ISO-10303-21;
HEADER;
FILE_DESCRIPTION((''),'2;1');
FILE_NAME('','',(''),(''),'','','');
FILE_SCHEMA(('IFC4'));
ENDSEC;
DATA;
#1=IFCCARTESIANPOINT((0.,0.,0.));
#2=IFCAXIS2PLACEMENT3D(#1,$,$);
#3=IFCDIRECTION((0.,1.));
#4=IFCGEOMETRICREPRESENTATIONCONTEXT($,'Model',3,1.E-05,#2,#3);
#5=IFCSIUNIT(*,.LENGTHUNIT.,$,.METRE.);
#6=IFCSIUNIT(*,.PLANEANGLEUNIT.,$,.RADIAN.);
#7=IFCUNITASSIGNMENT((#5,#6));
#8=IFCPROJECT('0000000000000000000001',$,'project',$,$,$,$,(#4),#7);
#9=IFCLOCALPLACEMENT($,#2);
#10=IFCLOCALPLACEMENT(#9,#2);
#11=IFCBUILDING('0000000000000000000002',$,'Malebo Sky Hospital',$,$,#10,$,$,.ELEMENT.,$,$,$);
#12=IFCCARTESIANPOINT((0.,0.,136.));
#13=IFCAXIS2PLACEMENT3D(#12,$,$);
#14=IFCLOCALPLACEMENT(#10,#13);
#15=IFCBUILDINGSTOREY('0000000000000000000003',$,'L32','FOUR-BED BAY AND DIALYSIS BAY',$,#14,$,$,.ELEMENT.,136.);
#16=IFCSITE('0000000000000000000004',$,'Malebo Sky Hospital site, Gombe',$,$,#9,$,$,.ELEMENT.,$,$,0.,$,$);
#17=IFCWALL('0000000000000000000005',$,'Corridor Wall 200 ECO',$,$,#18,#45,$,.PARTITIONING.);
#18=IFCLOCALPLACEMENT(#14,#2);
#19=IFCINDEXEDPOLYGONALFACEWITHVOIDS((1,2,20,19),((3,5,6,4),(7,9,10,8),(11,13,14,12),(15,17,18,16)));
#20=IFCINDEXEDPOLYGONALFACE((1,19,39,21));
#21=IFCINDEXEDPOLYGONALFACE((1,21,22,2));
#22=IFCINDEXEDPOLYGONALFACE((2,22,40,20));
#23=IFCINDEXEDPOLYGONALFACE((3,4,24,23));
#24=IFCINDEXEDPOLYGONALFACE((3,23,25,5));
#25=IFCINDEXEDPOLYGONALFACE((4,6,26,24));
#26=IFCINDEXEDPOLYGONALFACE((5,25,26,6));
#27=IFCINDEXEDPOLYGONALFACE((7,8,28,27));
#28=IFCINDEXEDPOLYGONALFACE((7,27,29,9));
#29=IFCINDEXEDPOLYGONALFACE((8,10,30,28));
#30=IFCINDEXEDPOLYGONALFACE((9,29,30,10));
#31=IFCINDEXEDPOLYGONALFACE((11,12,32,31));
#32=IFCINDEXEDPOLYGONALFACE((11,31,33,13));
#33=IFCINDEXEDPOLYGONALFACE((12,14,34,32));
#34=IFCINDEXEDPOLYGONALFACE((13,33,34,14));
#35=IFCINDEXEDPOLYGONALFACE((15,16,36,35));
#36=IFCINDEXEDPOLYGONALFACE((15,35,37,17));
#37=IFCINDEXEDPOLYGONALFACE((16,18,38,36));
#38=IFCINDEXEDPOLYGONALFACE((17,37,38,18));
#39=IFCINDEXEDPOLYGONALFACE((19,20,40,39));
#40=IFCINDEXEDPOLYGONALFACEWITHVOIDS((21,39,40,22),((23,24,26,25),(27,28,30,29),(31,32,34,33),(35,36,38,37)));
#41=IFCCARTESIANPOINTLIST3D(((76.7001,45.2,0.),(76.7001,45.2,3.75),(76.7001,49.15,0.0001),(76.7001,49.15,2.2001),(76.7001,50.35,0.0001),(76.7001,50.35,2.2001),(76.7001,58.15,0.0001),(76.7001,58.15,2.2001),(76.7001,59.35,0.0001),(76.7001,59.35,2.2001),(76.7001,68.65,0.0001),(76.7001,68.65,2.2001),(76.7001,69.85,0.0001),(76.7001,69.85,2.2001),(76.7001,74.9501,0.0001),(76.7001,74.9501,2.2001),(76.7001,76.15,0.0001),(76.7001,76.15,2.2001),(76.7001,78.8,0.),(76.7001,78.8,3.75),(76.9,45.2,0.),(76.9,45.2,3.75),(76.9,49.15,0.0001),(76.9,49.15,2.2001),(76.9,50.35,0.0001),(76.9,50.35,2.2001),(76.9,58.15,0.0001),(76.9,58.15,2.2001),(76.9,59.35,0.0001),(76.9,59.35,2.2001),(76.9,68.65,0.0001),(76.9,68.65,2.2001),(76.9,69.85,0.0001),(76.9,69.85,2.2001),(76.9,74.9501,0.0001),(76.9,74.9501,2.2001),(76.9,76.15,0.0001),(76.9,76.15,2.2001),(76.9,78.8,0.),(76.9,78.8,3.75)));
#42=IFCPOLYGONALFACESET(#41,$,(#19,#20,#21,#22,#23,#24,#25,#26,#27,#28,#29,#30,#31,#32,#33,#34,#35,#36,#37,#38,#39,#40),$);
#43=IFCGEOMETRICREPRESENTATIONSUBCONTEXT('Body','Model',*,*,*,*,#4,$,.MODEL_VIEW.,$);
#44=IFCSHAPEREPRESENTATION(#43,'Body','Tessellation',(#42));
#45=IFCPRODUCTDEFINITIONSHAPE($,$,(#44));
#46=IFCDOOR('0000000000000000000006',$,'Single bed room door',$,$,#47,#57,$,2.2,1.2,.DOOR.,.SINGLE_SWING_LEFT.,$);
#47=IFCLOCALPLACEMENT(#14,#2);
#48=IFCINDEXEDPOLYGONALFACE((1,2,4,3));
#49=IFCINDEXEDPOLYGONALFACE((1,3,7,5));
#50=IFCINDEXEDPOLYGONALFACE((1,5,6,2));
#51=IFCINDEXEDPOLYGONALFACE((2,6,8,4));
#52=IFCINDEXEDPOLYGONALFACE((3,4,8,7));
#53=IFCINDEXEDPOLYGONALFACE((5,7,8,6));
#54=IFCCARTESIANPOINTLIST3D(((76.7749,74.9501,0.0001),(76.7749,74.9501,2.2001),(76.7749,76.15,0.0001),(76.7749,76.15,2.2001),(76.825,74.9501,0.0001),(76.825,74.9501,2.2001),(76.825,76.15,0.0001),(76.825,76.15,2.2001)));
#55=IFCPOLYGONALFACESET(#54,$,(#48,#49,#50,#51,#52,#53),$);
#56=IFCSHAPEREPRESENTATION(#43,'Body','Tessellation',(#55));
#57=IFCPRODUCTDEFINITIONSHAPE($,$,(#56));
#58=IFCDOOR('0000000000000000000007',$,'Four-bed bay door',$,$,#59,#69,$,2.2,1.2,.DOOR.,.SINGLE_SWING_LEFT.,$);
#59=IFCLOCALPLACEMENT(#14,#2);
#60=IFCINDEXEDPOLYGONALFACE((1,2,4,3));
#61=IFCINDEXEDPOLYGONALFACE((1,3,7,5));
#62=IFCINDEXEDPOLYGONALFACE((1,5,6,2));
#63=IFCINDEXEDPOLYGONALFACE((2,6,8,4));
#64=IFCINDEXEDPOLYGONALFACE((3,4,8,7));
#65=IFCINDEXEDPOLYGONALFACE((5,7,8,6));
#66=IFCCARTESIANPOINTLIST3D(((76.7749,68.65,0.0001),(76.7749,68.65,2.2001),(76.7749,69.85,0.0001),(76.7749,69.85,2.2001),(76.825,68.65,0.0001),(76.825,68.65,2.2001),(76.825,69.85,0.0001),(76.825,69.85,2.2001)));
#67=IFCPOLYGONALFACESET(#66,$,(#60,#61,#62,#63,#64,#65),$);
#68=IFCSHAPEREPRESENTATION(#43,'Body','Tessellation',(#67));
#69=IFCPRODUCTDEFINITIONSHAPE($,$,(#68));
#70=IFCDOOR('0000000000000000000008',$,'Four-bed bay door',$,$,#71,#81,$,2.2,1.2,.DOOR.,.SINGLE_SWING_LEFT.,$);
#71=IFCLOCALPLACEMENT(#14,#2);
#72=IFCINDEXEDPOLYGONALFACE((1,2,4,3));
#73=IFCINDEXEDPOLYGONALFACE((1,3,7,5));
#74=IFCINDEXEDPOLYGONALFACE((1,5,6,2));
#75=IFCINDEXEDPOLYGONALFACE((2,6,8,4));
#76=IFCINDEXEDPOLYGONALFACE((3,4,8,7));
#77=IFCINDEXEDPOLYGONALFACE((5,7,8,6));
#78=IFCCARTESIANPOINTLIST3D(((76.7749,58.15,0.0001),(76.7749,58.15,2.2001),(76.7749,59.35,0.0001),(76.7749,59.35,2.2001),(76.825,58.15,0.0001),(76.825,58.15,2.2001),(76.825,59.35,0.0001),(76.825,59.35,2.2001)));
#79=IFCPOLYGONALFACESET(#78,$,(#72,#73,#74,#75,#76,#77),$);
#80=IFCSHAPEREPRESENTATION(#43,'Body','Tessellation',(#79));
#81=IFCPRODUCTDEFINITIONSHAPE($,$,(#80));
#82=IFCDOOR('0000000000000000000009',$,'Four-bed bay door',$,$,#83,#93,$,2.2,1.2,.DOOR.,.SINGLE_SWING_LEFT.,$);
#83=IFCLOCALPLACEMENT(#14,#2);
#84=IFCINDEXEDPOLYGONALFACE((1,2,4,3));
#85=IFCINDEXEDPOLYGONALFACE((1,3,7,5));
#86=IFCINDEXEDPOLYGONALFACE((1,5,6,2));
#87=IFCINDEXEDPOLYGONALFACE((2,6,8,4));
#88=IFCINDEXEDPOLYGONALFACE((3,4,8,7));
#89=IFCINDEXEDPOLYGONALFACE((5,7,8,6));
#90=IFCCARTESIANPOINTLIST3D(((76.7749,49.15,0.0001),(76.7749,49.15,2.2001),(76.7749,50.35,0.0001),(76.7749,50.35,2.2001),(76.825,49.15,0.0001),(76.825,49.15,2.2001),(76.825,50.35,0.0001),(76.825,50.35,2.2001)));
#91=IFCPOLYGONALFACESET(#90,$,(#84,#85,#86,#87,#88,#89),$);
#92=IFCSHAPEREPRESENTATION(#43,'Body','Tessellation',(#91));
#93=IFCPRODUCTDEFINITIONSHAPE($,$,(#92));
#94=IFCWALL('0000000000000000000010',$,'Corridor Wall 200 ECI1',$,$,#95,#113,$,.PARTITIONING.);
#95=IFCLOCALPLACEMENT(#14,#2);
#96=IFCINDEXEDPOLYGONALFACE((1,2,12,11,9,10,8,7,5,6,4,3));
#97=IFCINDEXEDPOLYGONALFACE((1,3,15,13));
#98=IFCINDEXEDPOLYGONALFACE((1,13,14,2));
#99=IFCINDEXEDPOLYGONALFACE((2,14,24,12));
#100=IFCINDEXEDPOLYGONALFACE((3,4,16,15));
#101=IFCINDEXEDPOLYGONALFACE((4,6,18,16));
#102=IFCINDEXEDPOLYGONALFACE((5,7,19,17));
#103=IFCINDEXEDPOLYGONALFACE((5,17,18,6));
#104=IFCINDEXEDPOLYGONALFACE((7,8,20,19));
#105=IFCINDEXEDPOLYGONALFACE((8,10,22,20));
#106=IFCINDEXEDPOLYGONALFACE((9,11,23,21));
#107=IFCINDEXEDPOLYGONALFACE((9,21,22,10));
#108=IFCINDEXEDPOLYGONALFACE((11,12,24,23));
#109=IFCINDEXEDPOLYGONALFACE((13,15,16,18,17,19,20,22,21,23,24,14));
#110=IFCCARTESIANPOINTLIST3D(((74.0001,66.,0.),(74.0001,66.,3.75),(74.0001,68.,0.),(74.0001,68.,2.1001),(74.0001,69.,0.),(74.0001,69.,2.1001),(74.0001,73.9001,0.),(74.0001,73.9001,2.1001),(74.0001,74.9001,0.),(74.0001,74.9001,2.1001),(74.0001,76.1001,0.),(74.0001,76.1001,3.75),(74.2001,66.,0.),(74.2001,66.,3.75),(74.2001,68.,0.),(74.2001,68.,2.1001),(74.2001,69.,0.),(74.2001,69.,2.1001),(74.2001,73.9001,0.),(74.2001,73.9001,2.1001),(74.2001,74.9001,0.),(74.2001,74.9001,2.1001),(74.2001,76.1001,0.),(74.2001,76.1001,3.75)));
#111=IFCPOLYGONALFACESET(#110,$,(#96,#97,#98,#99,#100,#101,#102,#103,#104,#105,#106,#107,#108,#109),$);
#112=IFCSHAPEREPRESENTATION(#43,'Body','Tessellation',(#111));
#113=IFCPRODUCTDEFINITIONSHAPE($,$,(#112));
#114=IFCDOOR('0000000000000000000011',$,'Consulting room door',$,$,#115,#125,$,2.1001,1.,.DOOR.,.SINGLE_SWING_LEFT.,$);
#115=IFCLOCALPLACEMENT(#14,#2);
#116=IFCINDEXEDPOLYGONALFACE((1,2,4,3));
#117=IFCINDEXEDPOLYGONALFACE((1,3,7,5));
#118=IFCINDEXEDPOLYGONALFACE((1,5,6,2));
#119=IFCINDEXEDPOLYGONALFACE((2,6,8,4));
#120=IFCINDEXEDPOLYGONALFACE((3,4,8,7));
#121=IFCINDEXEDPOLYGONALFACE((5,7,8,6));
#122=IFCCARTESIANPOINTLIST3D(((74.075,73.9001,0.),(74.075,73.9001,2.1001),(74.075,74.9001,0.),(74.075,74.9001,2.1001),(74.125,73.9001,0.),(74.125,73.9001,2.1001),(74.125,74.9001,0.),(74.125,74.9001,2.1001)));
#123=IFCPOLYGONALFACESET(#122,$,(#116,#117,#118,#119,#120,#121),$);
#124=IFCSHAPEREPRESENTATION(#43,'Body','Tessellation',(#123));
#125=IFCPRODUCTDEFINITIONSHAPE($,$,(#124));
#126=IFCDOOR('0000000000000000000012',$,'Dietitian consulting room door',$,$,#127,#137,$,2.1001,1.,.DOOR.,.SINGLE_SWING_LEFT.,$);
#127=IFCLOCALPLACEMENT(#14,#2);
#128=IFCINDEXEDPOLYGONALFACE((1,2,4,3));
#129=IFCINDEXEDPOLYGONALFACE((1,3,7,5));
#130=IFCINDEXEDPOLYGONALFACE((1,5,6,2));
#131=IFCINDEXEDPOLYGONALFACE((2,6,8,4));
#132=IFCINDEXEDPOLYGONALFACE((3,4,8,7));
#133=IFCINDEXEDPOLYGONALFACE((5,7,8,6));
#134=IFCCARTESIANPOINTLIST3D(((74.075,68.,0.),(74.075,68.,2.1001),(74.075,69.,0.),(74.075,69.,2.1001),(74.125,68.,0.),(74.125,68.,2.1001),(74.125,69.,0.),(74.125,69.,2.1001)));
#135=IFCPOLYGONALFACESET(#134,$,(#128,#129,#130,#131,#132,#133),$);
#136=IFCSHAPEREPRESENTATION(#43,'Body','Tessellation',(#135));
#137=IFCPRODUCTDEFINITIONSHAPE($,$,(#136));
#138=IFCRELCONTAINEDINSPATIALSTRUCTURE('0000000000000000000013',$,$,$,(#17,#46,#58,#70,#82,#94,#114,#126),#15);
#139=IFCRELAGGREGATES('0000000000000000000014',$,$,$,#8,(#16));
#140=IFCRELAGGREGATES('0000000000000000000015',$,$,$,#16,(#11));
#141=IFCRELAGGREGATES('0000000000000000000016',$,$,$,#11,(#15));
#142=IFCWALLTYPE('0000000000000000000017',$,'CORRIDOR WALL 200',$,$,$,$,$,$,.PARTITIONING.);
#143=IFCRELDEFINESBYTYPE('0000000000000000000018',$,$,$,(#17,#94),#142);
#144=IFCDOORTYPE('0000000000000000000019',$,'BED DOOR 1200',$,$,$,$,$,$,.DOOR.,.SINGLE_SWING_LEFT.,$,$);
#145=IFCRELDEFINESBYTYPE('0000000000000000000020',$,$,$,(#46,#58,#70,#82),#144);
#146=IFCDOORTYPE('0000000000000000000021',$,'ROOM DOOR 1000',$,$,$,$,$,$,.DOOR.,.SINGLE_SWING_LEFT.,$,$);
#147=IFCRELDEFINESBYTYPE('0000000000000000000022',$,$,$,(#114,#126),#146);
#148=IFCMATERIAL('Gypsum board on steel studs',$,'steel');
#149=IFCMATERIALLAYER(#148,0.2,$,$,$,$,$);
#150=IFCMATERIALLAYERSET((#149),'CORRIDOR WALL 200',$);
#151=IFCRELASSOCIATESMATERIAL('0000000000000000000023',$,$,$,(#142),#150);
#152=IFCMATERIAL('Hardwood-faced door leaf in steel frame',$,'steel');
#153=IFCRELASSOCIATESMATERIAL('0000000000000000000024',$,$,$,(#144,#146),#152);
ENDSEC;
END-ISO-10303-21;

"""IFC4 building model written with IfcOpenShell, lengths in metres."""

from ifc_helpers import new_model, si_unit, direction, frame, frame_2d, origin, place, context, subcontext, project, spatial, rectangle, extrude, material, layer, layer_set, type_object, element, fill, save


model = new_model("IFC4")

# Units and contexts
model_context = context("Model", 3, precision=1e-05, world=origin(), true_north=direction((0.0, 1.0)))
body_context = subcontext(model_context, "Body", "Model", "MODEL_VIEW")
ifc_project = project(units=[si_unit("LENGTHUNIT", "METRE"), si_unit("PLANEANGLEUNIT", "RADIAN")], contexts=[model_context])

# Site, building, storey
site_placement = place(None, origin())
site = spatial("IfcSite", under=ifc_project, at=site_placement, Name="Malebo Sky Hospital site, Gombe", CompositionType="ELEMENT", RefElevation=0.0)
building_placement = place(site_placement, origin())
building = spatial("IfcBuilding", under=site, at=building_placement, Name="Malebo Sky Hospital", CompositionType="ELEMENT")
storey_placement = place(building_placement, frame((0.0, 0.0, 136.0)))
storey = spatial("IfcBuildingStorey", under=building, at=storey_placement, Name="L32", Description="FOUR-BED BAY AND DIALYSIS BAY", CompositionType="ELEMENT", Elevation=136.0)

# Walls, openings, doors
ifc_material_1 = material(Name="Gypsum board on steel studs", Category="steel")
ifc_layer_1 = layer(ifc_material_1, 0.2)
ifc_layer_set_1 = layer_set([ifc_layer_1], Name="CORRIDOR WALL 200")
wall_type_1 = type_object("IfcWallType", Name="CORRIDOR WALL 200", PredefinedType="PARTITIONING", material=ifc_layer_set_1)
wall_1_placement = place(storey_placement, frame((76.8, 78.8, 0.0), z_axis=(0.0, 0.0, 1.0), x_axis=(0.0, -1.0, 0.0)))
wall_1 = element("IfcWall", 1, at=wall_1_placement, inside=storey, type_object=wall_type_1, Name="Corridor Wall 200 ECO", PredefinedType="PARTITIONING", context=body_context, shape_type="SweptSolid", body=[
    extrude(rectangle(XDim=33.6001, YDim=0.2, at=frame_2d((16.8, 0.0))), origin(), (0.0, 0.0, 1.0), 3.75),
])
opening_1_placement = place(wall_1_placement, frame((2.6499, 0.0, 0.0)))
opening_1 = element("IfcOpeningElement", 2, at=opening_1_placement, cuts=wall_1, PredefinedType="OPENING", context=body_context, shape_type="SweptSolid", body=[
    extrude(rectangle(XDim=1.2, YDim=2.2, at=frame_2d((0.6001, 1.1001))), frame((0.0, 0.1099, 0.0), z_axis=(0.0, -1.0, 0.0), x_axis=(1.0, 0.0, 0.0)), (0.0, 0.0, 1.0), 0.22),
])
opening_2_placement = place(wall_1_placement, frame((8.95, 0.0, 0.0)))
opening_2 = element("IfcOpeningElement", 3, at=opening_2_placement, cuts=wall_1, PredefinedType="OPENING", context=body_context, shape_type="SweptSolid", body=[
    extrude(rectangle(XDim=1.2, YDim=2.2, at=frame_2d((0.6001, 1.1001))), frame((0.0, 0.1099, 0.0), z_axis=(0.0, -1.0, 0.0), x_axis=(1.0, 0.0, 0.0)), (0.0, 0.0, 1.0), 0.22),
])
opening_3_placement = place(wall_1_placement, frame((19.45, 0.0, 0.0)))
opening_3 = element("IfcOpeningElement", 4, at=opening_3_placement, cuts=wall_1, PredefinedType="OPENING", context=body_context, shape_type="SweptSolid", body=[
    extrude(rectangle(XDim=1.2, YDim=2.2, at=frame_2d((0.6001, 1.1001))), frame((0.0, 0.1099, 0.0), z_axis=(0.0, -1.0, 0.0), x_axis=(1.0, 0.0, 0.0)), (0.0, 0.0, 1.0), 0.22),
])
opening_4_placement = place(wall_1_placement, frame((28.45, 0.0, 0.0)))
opening_4 = element("IfcOpeningElement", 5, at=opening_4_placement, cuts=wall_1, PredefinedType="OPENING", context=body_context, shape_type="SweptSolid", body=[
    extrude(rectangle(XDim=1.2, YDim=2.2, at=frame_2d((0.6001, 1.1001))), frame((0.0, 0.1099, 0.0), z_axis=(0.0, -1.0, 0.0), x_axis=(1.0, 0.0, 0.0)), (0.0, 0.0, 1.0), 0.22),
])
ifc_material_2 = material(Name="Hardwood-faced door leaf in steel frame", Category="steel")
door_type_1 = type_object("IfcDoorType", Name="BED DOOR 1200", OperationType="SINGLE_SWING_LEFT", PredefinedType="DOOR", material=ifc_material_2)
door_1_placement = place(opening_1_placement, origin())
door_1 = element("IfcDoor", 6, at=door_1_placement, inside=storey, type_object=door_type_1, Name="Single bed room door", OperationType="SINGLE_SWING_LEFT", OverallHeight=2.2, OverallWidth=1.2, PredefinedType="DOOR", context=body_context, shape_type="SweptSolid", body=[
    extrude(rectangle(XDim=1.2, YDim=2.2, at=frame_2d((0.6001, 1.1001))), frame((0.0, 0.0249, 0.0), z_axis=(0.0, -1.0, 0.0), x_axis=(1.0, 0.0, 0.0)), (0.0, 0.0, 1.0), 0.05),
])
fill(opening_1, door_1)
door_2_placement = place(opening_2_placement, origin())
door_2 = element("IfcDoor", 7, at=door_2_placement, inside=storey, type_object=door_type_1, Name="Four-bed bay door", OperationType="SINGLE_SWING_LEFT", OverallHeight=2.2, OverallWidth=1.2, PredefinedType="DOOR", context=body_context, shape_type="SweptSolid", body=[
    extrude(rectangle(XDim=1.2, YDim=2.2, at=frame_2d((0.6001, 1.1001))), frame((0.0, 0.0249, 0.0), z_axis=(0.0, -1.0, 0.0), x_axis=(1.0, 0.0, 0.0)), (0.0, 0.0, 1.0), 0.05),
])
fill(opening_2, door_2)
door_3_placement = place(opening_3_placement, origin())
door_3 = element("IfcDoor", 8, at=door_3_placement, inside=storey, type_object=door_type_1, Name="Four-bed bay door", OperationType="SINGLE_SWING_LEFT", OverallHeight=2.2, OverallWidth=1.2, PredefinedType="DOOR", context=body_context, shape_type="SweptSolid", body=[
    extrude(rectangle(XDim=1.2, YDim=2.2, at=frame_2d((0.6001, 1.1001))), frame((0.0, 0.0249, 0.0), z_axis=(0.0, -1.0, 0.0), x_axis=(1.0, 0.0, 0.0)), (0.0, 0.0, 1.0), 0.05),
])
fill(opening_3, door_3)
door_4_placement = place(opening_4_placement, origin())
door_4 = element("IfcDoor", 9, at=door_4_placement, inside=storey, type_object=door_type_1, Name="Four-bed bay door", OperationType="SINGLE_SWING_LEFT", OverallHeight=2.2, OverallWidth=1.2, PredefinedType="DOOR", context=body_context, shape_type="SweptSolid", body=[
    extrude(rectangle(XDim=1.2, YDim=2.2, at=frame_2d((0.6001, 1.1001))), frame((0.0, 0.0249, 0.0), z_axis=(0.0, -1.0, 0.0), x_axis=(1.0, 0.0, 0.0)), (0.0, 0.0, 1.0), 0.05),
])
fill(opening_4, door_4)
wall_2_placement = place(storey_placement, frame((74.1001, 76.1001, 0.0), z_axis=(0.0, 0.0, 1.0), x_axis=(0.0, -1.0, 0.0)))
wall_2 = element("IfcWall", 10, at=wall_2_placement, inside=storey, type_object=wall_type_1, Name="Corridor Wall 200 ECI1", PredefinedType="PARTITIONING", context=body_context, shape_type="SweptSolid", body=[
    extrude(rectangle(XDim=10.1001, YDim=0.2, at=frame_2d((5.05, 0.0))), origin(), (0.0, 0.0, 1.0), 3.75),
])
opening_5_placement = place(wall_2_placement, frame((1.2, 0.0, 0.0)))
opening_5 = element("IfcOpeningElement", 11, at=opening_5_placement, cuts=wall_2, PredefinedType="OPENING", context=body_context, shape_type="SweptSolid", body=[
    extrude(rectangle(XDim=1.0, YDim=2.1001, at=frame_2d((0.5, 1.05))), frame((0.0, 0.1099, 0.0), z_axis=(0.0, -1.0, 0.0), x_axis=(1.0, 0.0, 0.0)), (0.0, 0.0, 1.0), 0.22),
])
opening_6_placement = place(wall_2_placement, frame((7.1001, 0.0, 0.0)))
opening_6 = element("IfcOpeningElement", 12, at=opening_6_placement, cuts=wall_2, PredefinedType="OPENING", context=body_context, shape_type="SweptSolid", body=[
    extrude(rectangle(XDim=1.0, YDim=2.1001, at=frame_2d((0.5, 1.05))), frame((0.0, 0.1099, 0.0), z_axis=(0.0, -1.0, 0.0), x_axis=(1.0, 0.0, 0.0)), (0.0, 0.0, 1.0), 0.22),
])
door_type_2 = type_object("IfcDoorType", Name="ROOM DOOR 1000", OperationType="SINGLE_SWING_LEFT", PredefinedType="DOOR", material=ifc_material_2)
door_5_placement = place(opening_5_placement, origin())
door_5 = element("IfcDoor", 13, at=door_5_placement, inside=storey, type_object=door_type_2, Name="Consulting room door", OperationType="SINGLE_SWING_LEFT", OverallHeight=2.1001, OverallWidth=1.0, PredefinedType="DOOR", context=body_context, shape_type="SweptSolid", body=[
    extrude(rectangle(XDim=1.0, YDim=2.1001, at=frame_2d((0.5, 1.05))), frame((0.0, 0.0249, 0.0), z_axis=(0.0, -1.0, 0.0), x_axis=(1.0, 0.0, 0.0)), (0.0, 0.0, 1.0), 0.05),
])
fill(opening_5, door_5)
door_6_placement = place(opening_6_placement, origin())
door_6 = element("IfcDoor", 14, at=door_6_placement, inside=storey, type_object=door_type_2, Name="Dietitian consulting room door", OperationType="SINGLE_SWING_LEFT", OverallHeight=2.1001, OverallWidth=1.0, PredefinedType="DOOR", context=body_context, shape_type="SweptSolid", body=[
    extrude(rectangle(XDim=1.0, YDim=2.1001, at=frame_2d((0.5, 1.05))), frame((0.0, 0.0249, 0.0), z_axis=(0.0, -1.0, 0.0), x_axis=(1.0, 0.0, 0.0)), (0.0, 0.0, 1.0), 0.05),
])
fill(opening_6, door_6)

save(model, "model.ifc")
